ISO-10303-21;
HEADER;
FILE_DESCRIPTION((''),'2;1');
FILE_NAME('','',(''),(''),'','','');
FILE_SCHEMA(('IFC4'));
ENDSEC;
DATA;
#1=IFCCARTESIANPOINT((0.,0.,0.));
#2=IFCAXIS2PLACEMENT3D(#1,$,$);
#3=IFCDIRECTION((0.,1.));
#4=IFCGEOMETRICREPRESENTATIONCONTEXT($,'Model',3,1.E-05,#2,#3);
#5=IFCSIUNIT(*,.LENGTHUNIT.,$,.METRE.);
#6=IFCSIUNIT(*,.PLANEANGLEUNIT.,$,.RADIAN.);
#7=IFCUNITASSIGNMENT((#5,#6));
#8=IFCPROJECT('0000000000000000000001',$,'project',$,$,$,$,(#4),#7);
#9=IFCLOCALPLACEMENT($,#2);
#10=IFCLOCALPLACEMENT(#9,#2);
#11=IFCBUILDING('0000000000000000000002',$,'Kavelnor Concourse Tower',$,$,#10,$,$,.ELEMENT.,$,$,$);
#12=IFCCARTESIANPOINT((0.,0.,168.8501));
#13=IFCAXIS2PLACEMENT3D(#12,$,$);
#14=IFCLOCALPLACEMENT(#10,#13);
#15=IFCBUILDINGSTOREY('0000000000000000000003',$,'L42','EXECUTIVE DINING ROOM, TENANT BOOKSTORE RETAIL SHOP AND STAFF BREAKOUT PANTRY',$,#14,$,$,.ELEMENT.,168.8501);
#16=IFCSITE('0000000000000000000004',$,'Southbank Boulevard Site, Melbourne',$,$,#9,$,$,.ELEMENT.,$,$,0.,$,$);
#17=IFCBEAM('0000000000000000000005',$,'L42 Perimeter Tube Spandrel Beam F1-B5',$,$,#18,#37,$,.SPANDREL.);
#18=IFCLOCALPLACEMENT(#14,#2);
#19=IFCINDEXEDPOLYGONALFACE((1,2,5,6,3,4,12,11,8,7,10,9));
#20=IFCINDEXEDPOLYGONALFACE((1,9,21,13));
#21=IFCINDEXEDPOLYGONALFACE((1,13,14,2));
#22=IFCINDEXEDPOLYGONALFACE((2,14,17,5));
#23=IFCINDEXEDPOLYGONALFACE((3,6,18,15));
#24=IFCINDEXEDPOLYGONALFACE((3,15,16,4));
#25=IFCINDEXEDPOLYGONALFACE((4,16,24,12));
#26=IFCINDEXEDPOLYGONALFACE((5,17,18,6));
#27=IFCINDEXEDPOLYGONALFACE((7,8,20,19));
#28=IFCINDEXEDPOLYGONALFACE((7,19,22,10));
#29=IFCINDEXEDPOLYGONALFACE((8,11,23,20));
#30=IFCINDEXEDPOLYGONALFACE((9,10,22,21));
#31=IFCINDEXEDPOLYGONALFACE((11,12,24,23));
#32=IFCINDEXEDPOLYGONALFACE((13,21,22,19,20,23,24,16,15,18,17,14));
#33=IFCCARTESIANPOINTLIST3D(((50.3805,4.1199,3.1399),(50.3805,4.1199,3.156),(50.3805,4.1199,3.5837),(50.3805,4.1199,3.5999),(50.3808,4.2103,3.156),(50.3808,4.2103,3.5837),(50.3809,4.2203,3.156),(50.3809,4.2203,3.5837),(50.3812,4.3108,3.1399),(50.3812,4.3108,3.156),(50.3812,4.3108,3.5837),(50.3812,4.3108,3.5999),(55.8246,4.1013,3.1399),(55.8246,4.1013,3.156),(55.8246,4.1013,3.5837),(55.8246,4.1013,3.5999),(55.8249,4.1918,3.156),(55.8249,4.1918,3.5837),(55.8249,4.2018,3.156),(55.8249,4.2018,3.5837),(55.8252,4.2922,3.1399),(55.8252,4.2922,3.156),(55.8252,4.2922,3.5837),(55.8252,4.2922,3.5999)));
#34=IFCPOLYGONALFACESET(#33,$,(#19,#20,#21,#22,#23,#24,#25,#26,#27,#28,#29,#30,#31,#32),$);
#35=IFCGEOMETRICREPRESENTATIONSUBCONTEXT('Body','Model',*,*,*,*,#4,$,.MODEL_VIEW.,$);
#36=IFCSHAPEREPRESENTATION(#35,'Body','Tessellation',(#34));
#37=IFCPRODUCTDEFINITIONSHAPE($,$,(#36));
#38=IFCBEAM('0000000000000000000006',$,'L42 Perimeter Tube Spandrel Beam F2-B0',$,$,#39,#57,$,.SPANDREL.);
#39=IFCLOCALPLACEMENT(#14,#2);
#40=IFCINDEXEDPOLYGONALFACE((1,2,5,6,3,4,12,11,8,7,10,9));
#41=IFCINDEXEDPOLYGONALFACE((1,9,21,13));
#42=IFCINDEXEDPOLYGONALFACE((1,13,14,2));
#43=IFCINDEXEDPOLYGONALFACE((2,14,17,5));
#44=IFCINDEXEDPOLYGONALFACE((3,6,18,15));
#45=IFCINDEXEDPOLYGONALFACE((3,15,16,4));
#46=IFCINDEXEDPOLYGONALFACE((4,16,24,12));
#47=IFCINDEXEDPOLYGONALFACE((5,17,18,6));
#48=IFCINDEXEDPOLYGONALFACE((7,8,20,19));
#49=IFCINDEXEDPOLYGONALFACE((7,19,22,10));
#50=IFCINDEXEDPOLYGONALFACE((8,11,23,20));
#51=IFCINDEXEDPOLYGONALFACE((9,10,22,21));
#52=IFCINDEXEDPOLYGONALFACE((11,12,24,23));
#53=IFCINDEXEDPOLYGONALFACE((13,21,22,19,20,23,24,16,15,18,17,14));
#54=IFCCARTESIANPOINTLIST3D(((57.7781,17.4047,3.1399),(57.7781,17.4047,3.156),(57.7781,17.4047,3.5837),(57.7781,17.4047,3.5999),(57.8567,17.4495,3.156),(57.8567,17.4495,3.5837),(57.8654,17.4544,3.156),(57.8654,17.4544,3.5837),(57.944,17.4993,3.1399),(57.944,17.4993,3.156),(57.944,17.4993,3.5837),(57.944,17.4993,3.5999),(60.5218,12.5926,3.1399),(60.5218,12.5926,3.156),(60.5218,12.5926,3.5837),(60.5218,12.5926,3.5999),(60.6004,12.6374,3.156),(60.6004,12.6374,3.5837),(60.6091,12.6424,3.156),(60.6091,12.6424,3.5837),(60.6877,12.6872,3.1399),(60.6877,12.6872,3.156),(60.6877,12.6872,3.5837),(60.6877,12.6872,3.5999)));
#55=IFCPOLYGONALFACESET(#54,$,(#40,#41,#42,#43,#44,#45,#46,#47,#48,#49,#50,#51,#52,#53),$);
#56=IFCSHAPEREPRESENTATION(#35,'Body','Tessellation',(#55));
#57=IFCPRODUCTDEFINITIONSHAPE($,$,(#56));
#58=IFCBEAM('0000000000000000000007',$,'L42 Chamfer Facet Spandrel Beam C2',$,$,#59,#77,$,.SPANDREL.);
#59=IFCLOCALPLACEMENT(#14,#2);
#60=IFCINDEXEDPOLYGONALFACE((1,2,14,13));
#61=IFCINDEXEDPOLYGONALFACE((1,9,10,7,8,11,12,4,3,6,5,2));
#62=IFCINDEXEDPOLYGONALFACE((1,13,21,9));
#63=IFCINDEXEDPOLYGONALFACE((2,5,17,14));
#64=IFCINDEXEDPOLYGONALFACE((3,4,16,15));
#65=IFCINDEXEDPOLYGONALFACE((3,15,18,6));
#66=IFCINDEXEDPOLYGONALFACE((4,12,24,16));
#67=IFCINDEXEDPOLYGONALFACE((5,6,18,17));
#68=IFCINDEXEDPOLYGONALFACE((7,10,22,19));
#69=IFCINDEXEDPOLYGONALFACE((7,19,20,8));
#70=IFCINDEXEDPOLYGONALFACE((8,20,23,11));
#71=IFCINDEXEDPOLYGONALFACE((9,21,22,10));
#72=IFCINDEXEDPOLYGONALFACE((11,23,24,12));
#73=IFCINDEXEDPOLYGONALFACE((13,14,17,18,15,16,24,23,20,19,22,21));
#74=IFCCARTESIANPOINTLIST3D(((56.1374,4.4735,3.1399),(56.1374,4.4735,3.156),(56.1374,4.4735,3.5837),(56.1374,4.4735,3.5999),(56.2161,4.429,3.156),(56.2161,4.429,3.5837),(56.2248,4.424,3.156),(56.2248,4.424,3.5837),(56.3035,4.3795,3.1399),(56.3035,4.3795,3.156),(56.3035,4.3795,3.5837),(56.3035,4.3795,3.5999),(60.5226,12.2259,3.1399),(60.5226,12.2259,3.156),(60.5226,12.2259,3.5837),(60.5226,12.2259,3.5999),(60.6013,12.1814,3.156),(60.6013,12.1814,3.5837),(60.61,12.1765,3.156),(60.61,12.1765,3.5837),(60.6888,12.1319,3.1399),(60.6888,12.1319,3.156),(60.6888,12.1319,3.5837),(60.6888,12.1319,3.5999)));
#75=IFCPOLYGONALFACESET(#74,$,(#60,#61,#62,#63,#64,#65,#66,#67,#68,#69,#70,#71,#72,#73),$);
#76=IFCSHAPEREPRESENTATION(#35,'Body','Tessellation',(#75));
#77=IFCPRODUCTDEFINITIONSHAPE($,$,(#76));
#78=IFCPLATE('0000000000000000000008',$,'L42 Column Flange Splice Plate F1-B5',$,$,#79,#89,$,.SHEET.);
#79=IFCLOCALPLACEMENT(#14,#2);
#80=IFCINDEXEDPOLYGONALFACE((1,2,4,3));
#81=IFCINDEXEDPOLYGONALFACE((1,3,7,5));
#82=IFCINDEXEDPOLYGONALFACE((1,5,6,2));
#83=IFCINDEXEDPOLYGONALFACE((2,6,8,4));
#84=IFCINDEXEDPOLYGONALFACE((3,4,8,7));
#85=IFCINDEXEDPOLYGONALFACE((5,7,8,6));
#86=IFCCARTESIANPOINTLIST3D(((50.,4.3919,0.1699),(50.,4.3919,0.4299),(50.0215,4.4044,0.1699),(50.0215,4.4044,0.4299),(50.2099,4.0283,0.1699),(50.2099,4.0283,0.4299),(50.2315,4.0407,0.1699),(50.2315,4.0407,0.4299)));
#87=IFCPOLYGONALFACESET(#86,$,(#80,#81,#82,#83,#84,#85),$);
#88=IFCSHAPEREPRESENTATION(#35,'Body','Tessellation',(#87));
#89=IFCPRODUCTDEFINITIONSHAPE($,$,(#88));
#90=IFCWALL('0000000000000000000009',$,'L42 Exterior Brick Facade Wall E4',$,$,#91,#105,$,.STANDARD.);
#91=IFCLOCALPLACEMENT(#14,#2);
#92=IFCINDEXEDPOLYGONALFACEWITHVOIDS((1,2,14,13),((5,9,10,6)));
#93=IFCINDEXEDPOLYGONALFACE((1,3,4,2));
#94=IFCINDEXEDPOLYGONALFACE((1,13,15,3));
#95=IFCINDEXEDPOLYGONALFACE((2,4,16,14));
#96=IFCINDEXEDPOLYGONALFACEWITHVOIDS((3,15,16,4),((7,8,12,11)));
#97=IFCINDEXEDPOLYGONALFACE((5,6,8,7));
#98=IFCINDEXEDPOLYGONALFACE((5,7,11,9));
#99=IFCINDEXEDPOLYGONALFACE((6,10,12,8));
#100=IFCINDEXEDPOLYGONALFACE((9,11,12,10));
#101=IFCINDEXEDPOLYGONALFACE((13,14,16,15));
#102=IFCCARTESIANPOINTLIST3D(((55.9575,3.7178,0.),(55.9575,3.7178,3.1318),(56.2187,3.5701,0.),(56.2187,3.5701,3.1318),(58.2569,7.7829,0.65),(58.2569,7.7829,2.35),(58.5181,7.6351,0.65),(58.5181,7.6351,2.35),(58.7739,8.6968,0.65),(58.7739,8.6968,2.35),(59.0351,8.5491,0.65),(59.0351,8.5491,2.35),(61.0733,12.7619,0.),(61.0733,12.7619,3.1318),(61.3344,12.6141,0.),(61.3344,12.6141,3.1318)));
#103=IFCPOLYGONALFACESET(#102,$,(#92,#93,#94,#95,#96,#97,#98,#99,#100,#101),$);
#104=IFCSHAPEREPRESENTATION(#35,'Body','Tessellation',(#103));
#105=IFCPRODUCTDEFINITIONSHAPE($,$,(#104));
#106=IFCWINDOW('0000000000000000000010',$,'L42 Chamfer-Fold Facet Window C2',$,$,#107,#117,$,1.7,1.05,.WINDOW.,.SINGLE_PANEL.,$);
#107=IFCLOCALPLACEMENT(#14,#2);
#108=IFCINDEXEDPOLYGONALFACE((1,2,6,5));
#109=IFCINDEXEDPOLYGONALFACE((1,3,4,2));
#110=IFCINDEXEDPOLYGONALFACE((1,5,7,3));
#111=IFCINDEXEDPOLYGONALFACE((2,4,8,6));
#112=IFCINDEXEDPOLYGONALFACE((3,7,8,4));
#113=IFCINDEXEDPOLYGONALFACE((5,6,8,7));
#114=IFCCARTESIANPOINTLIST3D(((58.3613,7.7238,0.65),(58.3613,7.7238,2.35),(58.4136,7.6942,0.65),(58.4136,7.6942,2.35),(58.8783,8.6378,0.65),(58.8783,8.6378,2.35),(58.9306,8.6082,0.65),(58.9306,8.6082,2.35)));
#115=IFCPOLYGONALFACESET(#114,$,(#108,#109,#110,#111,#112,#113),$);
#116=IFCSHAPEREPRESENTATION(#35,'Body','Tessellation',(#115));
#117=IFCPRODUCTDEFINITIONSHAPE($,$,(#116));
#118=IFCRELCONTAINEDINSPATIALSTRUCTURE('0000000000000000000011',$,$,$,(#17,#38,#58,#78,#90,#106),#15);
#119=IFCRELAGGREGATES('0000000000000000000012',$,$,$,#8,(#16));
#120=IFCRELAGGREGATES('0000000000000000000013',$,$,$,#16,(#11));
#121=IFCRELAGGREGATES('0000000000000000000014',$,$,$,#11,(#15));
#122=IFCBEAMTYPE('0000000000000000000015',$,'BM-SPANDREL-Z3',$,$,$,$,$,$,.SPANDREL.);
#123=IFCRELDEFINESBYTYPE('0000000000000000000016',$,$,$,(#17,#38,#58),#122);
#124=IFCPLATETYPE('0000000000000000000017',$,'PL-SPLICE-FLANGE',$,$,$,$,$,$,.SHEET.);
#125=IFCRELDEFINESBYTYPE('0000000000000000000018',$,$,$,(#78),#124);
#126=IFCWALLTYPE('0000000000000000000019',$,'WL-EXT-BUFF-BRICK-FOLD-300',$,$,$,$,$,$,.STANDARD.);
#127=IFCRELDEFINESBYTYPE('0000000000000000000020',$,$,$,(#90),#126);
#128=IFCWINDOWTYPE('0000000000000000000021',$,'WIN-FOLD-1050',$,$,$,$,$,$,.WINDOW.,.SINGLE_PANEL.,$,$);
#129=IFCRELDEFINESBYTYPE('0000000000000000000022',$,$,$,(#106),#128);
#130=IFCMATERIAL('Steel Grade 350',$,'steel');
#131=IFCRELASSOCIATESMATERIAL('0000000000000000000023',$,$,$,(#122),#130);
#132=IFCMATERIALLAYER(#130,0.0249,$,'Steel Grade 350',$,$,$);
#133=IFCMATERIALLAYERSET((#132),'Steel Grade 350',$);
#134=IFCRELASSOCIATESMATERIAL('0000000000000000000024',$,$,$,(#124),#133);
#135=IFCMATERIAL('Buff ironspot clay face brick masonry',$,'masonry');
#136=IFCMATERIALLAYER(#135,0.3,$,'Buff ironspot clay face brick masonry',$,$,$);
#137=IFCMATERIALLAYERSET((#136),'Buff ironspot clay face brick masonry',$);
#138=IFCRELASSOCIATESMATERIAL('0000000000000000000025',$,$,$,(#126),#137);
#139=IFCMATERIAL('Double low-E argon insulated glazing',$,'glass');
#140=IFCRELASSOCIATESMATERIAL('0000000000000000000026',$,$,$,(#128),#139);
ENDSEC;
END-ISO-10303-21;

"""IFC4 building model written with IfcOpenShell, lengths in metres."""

from ifc_helpers import new_model, si_unit, direction, frame, frame_2d, origin, origin_2d, place, context, subcontext, project, spatial, rectangle, i_section, extrude, material, layer, layer_set, material_profile, profile_set, type_object, element, fill, save


model = new_model("IFC4")

# Units and contexts
model_context = context("Model", 3, precision=1e-05, world=origin(), true_north=direction((0.0, 1.0)))
body_context = subcontext(model_context, "Body", "Model", "MODEL_VIEW")
ifc_project = project(units=[si_unit("LENGTHUNIT", "METRE"), si_unit("PLANEANGLEUNIT", "RADIAN")], contexts=[model_context])

# Site, building, storey
site_placement = place(None, origin())
site = spatial("IfcSite", under=ifc_project, at=site_placement, Name="Southbank Boulevard Site, Melbourne", CompositionType="ELEMENT", RefElevation=0.0)
building_placement = place(site_placement, origin())
building = spatial("IfcBuilding", under=site, at=building_placement, Name="Kavelnor Concourse Tower", CompositionType="ELEMENT")
storey_placement = place(building_placement, frame((0.0, 0.0, 168.8501)))
storey = spatial("IfcBuildingStorey", under=building, at=storey_placement, Name="L42", Description="EXECUTIVE DINING ROOM, TENANT BOOKSTORE RETAIL SHOP AND STAFF BREAKOUT PANTRY", CompositionType="ELEMENT", Elevation=168.8501)

# Shared definitions
ifc_material_1 = material(Name="Steel Grade 350", Category="steel")

# Beams
ifc_material_profile_1 = material_profile(ifc_material_1, i_section(OverallWidth=0.1909, OverallDepth=0.46, WebThickness=0.01, FlangeThickness=0.0161, at=origin_2d()), Name="460UB82")
ifc_profile_set_1 = profile_set([ifc_material_profile_1], Name="Steel Grade 350")
beam_type_1 = type_object("IfcBeamType", Name="BM-SPANDREL-Z3", PredefinedType="SPANDREL", material=ifc_profile_set_1)
beam_1_placement = place(storey_placement, frame((50.3809, 4.2153, 3.3699), z_axis=(0.999994, -0.003408, 0.0), x_axis=(0.003408, 0.999994, 0.0)))
element("IfcBeam", 1, at=beam_1_placement, inside=storey, type_object=beam_type_1, Name="L42 Perimeter Tube Spandrel Beam F1-B5", PredefinedType="SPANDREL", context=body_context, shape_type="SweptSolid", body=[
    extrude(i_section(OverallWidth=0.1909, OverallDepth=0.46, WebThickness=0.01, FlangeThickness=0.0161, at=origin_2d()), origin(), (0.0, 0.0, 1.0), 5.4441),
])
beam_2_placement = place(storey_placement, frame((60.6047, 12.6399, 3.3699), z_axis=(-0.495313, 0.868715, 0.0), x_axis=(-0.868715, -0.495313, 0.0)))
element("IfcBeam", 2, at=beam_2_placement, inside=storey, type_object=beam_type_1, Name="L42 Perimeter Tube Spandrel Beam F2-B0", PredefinedType="SPANDREL", context=body_context, shape_type="SweptSolid", body=[
    extrude(i_section(OverallWidth=0.1909, OverallDepth=0.46, WebThickness=0.01, FlangeThickness=0.0161, at=origin_2d()), origin(), (0.0, 0.0, 1.0), 5.5393),
])
beam_3_placement = place(storey_placement, frame((56.2205, 4.4265, 3.3699), z_axis=(0.49235, 0.870397, 0.0), x_axis=(-0.870397, 0.49235, 0.0)))
element("IfcBeam", 3, at=beam_3_placement, inside=storey, type_object=beam_type_1, Name="L42 Chamfer Facet Spandrel Beam C2", PredefinedType="SPANDREL", context=body_context, shape_type="SweptSolid", body=[
    extrude(i_section(OverallWidth=0.1909, OverallDepth=0.46, WebThickness=0.01, FlangeThickness=0.0161, at=origin_2d()), origin(), (0.0, 0.0, 1.0), 8.9067),
])

# Plate
ifc_layer_1 = layer(ifc_material_1, 0.0249, Name="Steel Grade 350")
ifc_layer_set_1 = layer_set([ifc_layer_1], Name="Steel Grade 350")
plate_type = type_object("IfcPlateType", Name="PL-SPLICE-FLANGE", PredefinedType="SHEET", material=ifc_layer_set_1)
plate_placement = place(storey_placement, frame((50.1157, 4.2163, 0.1699), z_axis=(0.0, 0.0, 1.0), x_axis=(-0.5, 0.866025, 0.0)))
element("IfcPlate", 4, at=plate_placement, inside=storey, type_object=plate_type, Name="L42 Column Flange Splice Plate F1-B5", PredefinedType="SHEET", context=body_context, shape_type="SweptSolid", body=[
    extrude(rectangle(XDim=0.4199, YDim=0.0249, at=origin_2d()), origin(), (0.0, 0.0, 1.0), 0.26),
])

# Wall, opening, window
ifc_material_2 = material(Name="Buff ironspot clay face brick masonry", Category="masonry")
ifc_layer_2 = layer(ifc_material_2, 0.3, Name="Buff ironspot clay face brick masonry")
ifc_layer_set_2 = layer_set([ifc_layer_2], Name="Buff ironspot clay face brick masonry")
wall_type_1 = type_object("IfcWallType", Name="WL-EXT-BUFF-BRICK-FOLD-300", PredefinedType="STANDARD", material=ifc_layer_set_2)
wall_1_placement = place(storey_placement, frame((61.2039, 12.688, 0.0), z_axis=(0.0, 0.0, 1.0), x_axis=(-0.492344, -0.870401, 0.0)))
wall_1 = element("IfcWall", 5, at=wall_1_placement, inside=storey, type_object=wall_type_1, Name="L42 Exterior Brick Facade Wall E4", PredefinedType="STANDARD", context=body_context, shape_type="SweptSolid", body=[
    extrude(rectangle(XDim=10.3906, YDim=0.3, at=frame_2d((5.1953, 0.0))), origin(), (0.0, 0.0, 1.0), 3.1318),
])
opening_1_placement = place(wall_1_placement, frame((4.6704, 0.0, 0.6499)))
opening_1 = element("IfcOpeningElement", 6, at=opening_1_placement, cuts=wall_1, PredefinedType="OPENING", context=body_context, shape_type="SweptSolid", body=[
    extrude(rectangle(XDim=1.05, YDim=1.7, at=frame_2d((0.5249, 0.8501))), frame((0.0, 0.1602, 0.0), z_axis=(0.0, -1.0, 0.0), x_axis=(1.0, 0.0, 0.0)), (0.0, 0.0, 1.0), 0.3201),
])
ifc_material_3 = material(Name="Double low-E argon insulated glazing", Category="glass")
window_type_1 = type_object("IfcWindowType", Name="WIN-FOLD-1050", PartitioningType="SINGLE_PANEL", PredefinedType="WINDOW", material=ifc_material_3)
window_1_placement = place(opening_1_placement, origin())
window_1 = element("IfcWindow", 7, at=window_1_placement, inside=storey, type_object=window_type_1, Name="L42 Chamfer-Fold Facet Window C2", OverallHeight=1.7, OverallWidth=1.05, PartitioningType="SINGLE_PANEL", PredefinedType="WINDOW", context=body_context, shape_type="SweptSolid", body=[
    extrude(rectangle(XDim=1.05, YDim=1.7, at=frame_2d((0.5249, 0.8501))), frame((0.0, 0.03, 0.0), z_axis=(0.0, -1.0, 0.0), x_axis=(1.0, 0.0, 0.0)), (0.0, 0.0, 1.0), 0.0601),
])
fill(opening_1, window_1)

save(model, "model.ifc")
